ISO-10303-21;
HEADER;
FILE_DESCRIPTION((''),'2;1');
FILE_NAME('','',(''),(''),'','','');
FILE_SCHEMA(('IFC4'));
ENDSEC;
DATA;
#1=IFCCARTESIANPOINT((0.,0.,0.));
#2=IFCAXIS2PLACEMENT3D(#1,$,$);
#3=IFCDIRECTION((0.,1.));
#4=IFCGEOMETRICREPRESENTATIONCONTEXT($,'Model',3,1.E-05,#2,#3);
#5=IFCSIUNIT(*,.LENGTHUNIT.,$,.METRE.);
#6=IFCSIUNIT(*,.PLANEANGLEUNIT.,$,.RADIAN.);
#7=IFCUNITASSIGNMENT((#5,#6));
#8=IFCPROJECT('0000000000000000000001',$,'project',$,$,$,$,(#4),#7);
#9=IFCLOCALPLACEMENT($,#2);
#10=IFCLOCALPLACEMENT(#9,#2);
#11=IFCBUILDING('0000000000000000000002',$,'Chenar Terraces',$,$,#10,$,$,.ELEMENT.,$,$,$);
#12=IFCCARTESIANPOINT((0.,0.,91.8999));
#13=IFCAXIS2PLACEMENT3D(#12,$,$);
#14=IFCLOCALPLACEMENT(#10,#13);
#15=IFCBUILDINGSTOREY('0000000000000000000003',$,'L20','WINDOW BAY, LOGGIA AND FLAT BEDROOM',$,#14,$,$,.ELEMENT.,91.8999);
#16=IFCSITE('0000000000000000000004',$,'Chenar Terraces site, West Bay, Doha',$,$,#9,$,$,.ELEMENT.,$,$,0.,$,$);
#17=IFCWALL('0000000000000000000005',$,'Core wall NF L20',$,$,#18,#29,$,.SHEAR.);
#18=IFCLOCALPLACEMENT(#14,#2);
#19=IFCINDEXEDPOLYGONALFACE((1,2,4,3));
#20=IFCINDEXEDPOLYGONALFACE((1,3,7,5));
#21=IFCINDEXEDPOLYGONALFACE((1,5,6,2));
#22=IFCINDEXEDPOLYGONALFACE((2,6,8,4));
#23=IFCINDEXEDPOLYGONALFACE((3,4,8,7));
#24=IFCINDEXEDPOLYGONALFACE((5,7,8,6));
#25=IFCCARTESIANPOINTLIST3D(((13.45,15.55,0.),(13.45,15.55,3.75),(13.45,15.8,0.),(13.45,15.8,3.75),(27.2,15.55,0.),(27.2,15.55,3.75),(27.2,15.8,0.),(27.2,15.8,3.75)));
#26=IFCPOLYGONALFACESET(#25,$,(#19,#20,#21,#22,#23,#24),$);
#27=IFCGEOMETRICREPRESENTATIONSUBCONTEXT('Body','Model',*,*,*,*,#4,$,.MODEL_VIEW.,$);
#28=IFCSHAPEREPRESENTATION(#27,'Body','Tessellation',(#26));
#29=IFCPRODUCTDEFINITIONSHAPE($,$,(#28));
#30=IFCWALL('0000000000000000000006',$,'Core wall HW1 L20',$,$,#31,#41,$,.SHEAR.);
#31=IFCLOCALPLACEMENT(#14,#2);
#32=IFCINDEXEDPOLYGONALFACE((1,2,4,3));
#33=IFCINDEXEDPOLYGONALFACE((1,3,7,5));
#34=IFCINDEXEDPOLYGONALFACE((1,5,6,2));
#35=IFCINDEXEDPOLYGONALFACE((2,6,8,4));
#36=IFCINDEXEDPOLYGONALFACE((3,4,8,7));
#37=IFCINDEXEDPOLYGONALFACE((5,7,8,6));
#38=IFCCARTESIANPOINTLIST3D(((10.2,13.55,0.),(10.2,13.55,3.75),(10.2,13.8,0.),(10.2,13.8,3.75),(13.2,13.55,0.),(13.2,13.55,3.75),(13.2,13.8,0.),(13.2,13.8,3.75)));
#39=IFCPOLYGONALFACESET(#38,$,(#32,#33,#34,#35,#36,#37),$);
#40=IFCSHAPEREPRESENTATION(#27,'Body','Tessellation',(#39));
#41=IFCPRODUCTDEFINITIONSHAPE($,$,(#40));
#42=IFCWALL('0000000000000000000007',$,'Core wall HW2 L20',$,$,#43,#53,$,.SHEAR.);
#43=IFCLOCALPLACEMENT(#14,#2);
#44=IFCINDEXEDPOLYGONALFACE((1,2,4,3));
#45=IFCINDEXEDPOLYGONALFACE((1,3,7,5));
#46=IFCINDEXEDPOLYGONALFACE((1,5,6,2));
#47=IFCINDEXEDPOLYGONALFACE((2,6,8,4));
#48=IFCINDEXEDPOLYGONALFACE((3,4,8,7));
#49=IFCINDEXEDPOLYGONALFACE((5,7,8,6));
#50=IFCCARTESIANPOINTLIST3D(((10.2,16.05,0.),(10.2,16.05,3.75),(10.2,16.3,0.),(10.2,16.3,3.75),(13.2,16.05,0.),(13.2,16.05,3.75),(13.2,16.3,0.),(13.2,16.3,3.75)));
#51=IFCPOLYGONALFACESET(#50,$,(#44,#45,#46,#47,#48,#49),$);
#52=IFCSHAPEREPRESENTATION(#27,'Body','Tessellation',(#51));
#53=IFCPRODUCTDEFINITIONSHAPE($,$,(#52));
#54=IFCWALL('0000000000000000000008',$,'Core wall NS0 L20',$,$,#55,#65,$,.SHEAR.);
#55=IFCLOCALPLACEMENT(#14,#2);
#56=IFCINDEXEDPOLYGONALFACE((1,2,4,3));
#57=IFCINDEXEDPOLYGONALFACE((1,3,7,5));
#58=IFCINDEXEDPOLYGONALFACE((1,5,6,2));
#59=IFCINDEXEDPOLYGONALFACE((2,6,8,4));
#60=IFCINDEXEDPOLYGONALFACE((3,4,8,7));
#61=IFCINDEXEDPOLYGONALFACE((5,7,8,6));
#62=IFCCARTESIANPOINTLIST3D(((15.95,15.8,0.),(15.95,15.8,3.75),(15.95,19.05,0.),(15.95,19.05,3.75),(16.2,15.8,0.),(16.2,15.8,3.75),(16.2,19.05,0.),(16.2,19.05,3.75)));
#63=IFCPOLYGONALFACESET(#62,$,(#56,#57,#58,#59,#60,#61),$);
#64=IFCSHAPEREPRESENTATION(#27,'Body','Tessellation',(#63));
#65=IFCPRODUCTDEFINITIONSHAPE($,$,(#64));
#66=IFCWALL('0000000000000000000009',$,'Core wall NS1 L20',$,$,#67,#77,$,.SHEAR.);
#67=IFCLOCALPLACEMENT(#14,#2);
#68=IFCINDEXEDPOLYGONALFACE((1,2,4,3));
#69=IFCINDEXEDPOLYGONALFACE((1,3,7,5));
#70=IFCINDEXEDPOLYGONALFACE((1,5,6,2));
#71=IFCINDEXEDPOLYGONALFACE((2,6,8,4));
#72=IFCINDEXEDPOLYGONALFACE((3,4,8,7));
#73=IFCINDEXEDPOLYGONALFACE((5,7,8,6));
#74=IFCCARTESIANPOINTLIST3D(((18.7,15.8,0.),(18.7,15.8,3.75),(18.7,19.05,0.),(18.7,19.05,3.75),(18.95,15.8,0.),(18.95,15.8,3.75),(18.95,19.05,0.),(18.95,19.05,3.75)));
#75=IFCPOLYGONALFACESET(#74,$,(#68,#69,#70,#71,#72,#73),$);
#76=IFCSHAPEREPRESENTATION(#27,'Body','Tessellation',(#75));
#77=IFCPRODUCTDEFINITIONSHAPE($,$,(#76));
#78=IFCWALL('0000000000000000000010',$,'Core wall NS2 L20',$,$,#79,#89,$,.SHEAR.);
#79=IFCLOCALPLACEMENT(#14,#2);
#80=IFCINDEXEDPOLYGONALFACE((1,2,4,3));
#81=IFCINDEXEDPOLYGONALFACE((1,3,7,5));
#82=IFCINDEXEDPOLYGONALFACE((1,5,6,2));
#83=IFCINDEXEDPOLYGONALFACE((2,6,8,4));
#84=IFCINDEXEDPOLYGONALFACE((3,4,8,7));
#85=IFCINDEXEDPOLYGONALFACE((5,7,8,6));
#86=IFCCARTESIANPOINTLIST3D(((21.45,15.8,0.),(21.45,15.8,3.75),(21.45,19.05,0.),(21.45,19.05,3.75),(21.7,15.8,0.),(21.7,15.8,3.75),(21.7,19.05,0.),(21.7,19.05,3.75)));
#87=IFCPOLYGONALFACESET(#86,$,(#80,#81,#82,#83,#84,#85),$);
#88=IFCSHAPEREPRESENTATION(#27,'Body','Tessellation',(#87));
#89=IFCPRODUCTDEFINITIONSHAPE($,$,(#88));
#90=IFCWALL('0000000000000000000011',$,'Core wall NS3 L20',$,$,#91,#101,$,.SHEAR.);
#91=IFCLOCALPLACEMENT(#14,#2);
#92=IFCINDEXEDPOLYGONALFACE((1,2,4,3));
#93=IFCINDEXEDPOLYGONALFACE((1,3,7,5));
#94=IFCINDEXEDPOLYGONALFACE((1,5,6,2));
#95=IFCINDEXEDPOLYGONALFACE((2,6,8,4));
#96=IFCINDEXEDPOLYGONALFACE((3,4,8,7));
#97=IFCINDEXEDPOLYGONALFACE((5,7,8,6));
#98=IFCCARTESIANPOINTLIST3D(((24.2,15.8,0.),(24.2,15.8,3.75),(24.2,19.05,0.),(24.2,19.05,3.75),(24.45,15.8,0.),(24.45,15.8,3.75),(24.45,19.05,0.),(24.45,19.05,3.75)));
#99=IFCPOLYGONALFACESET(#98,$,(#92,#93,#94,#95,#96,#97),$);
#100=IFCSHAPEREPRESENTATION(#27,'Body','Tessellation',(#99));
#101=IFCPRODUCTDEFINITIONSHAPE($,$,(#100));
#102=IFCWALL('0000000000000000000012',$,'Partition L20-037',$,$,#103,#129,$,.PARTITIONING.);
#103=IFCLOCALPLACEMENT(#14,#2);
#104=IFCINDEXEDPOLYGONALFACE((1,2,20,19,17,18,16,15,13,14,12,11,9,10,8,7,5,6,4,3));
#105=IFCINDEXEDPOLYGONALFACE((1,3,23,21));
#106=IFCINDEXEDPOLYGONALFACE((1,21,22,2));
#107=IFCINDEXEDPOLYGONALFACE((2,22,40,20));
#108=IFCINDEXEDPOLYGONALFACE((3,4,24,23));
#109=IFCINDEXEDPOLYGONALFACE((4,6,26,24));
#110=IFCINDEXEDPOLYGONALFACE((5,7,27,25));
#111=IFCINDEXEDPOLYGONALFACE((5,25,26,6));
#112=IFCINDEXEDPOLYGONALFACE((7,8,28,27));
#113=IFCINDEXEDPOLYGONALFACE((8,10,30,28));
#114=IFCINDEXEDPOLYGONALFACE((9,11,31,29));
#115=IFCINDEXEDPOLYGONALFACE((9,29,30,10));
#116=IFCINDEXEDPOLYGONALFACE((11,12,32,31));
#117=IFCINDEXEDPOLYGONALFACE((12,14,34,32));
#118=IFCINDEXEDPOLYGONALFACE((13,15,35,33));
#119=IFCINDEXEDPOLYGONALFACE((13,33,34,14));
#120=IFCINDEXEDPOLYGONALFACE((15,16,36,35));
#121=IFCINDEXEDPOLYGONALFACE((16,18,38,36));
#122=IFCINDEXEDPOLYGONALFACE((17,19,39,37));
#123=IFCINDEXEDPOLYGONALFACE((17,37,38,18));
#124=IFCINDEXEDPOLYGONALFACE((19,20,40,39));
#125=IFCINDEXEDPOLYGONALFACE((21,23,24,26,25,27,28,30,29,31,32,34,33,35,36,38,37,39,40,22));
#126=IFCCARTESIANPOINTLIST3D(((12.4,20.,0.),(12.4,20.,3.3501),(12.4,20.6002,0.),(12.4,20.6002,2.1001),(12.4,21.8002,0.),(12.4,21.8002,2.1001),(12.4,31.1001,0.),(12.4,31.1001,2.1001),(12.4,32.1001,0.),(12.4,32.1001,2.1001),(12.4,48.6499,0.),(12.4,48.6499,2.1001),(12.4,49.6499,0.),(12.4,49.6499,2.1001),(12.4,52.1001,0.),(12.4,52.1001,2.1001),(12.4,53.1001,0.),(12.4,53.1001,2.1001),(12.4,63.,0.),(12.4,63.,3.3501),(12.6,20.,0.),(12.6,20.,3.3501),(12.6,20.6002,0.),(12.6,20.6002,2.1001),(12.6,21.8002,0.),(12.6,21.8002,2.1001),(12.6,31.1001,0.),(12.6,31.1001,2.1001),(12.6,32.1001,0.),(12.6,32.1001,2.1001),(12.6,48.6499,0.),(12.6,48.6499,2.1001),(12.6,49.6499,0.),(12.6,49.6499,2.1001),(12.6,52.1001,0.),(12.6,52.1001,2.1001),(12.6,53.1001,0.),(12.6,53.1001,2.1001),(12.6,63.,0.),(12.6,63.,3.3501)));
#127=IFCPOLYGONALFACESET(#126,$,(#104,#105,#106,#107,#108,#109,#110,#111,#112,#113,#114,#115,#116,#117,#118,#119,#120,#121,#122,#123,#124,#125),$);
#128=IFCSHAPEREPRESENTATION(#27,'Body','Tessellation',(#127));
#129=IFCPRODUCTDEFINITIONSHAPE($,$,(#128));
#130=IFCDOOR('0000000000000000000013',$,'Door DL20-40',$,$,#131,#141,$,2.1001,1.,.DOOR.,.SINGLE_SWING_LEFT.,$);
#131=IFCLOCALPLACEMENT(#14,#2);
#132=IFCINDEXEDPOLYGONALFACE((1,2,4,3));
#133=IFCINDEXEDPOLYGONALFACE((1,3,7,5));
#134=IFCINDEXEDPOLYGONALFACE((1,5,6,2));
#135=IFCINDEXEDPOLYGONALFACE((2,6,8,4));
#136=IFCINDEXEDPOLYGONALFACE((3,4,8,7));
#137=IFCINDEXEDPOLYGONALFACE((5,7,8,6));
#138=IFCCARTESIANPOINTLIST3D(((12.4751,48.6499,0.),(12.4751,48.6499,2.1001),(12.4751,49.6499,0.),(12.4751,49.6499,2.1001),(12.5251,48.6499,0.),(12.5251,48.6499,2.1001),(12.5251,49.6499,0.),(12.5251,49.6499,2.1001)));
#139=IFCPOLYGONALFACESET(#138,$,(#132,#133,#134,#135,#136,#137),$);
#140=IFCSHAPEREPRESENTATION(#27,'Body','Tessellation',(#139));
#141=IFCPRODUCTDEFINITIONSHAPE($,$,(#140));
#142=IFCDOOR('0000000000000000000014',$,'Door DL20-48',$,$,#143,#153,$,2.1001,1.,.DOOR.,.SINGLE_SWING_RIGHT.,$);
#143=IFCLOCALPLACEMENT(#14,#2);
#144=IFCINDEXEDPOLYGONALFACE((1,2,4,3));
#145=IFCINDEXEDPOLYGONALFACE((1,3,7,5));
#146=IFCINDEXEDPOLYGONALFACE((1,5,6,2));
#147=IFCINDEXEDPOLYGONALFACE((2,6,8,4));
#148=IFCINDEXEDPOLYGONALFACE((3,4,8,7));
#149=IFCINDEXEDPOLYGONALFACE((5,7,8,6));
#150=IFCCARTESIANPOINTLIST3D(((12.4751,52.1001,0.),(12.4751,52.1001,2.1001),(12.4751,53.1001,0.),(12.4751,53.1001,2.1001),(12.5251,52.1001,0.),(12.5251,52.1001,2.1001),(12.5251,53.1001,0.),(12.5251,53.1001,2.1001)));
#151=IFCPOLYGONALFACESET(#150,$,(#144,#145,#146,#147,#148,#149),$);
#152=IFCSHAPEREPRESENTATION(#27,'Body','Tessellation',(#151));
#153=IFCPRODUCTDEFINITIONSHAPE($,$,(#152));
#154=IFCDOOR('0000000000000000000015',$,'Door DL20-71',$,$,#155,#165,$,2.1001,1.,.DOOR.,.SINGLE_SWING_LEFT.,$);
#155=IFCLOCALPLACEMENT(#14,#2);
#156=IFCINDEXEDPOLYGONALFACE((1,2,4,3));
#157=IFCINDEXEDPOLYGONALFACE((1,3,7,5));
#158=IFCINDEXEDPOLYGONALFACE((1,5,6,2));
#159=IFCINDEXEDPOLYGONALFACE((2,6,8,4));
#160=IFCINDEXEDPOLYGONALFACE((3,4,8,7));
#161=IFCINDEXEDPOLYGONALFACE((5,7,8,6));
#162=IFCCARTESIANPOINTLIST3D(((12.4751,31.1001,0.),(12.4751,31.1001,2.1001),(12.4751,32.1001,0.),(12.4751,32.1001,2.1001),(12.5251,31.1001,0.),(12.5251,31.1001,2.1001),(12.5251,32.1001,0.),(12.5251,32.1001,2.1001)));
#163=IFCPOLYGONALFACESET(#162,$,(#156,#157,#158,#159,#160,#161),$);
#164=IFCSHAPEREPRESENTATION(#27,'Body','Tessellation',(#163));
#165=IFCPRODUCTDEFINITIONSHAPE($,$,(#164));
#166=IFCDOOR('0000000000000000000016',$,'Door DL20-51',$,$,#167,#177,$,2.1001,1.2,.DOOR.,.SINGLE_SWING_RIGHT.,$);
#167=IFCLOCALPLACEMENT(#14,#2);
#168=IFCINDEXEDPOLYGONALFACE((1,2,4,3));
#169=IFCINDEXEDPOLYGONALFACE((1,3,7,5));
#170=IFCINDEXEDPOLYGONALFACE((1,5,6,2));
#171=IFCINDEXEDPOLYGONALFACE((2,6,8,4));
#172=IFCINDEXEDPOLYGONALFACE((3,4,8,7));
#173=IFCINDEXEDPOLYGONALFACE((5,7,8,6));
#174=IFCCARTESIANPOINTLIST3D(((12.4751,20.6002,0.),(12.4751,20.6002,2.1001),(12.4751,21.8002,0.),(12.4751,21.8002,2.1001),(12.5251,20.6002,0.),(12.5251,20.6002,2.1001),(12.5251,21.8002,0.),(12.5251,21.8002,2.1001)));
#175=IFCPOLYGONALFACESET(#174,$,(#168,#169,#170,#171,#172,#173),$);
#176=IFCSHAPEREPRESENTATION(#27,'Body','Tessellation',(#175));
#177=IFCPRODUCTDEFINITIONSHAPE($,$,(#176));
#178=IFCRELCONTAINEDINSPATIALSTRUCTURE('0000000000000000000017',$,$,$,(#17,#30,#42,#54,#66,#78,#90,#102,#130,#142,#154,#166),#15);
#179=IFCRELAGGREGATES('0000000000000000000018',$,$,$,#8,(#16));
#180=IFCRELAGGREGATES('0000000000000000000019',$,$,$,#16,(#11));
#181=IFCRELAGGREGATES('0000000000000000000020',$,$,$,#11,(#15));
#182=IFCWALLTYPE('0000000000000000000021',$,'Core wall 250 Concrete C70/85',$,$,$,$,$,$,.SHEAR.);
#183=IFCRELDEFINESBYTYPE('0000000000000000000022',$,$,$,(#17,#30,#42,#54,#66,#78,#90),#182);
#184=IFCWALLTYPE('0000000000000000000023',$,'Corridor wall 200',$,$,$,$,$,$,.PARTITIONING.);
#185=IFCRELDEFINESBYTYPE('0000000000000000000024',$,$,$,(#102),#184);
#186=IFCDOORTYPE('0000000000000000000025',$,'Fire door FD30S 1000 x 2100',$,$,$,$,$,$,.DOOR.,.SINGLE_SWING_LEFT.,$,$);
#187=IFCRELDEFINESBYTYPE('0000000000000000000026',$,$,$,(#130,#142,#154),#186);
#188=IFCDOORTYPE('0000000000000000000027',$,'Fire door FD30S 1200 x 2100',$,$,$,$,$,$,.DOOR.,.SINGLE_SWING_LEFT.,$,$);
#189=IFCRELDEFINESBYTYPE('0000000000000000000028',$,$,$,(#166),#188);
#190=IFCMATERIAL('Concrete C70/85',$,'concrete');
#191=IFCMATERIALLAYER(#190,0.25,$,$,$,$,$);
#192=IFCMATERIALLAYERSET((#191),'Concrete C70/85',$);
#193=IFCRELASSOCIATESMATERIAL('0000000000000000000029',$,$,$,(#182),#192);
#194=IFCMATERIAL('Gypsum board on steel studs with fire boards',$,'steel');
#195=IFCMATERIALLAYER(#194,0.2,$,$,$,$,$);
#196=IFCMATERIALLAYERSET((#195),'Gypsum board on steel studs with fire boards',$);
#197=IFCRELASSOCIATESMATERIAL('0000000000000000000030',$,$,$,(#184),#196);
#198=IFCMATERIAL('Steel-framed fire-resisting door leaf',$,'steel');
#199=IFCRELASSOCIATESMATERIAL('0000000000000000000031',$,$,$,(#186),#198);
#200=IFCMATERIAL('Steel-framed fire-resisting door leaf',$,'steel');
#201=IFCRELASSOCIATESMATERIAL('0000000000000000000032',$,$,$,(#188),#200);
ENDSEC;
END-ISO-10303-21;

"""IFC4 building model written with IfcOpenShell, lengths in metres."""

from ifc_helpers import new_model, si_unit, direction, frame, frame_2d, origin, place, context, subcontext, project, spatial, rectangle, extrude, material, layer, layer_set, type_object, element, fill, save


model = new_model("IFC4")

# Units and contexts
model_context = context("Model", 3, precision=1e-05, world=origin(), true_north=direction((0.0, 1.0)))
body_context = subcontext(model_context, "Body", "Model", "MODEL_VIEW")
ifc_project = project(units=[si_unit("LENGTHUNIT", "METRE"), si_unit("PLANEANGLEUNIT", "RADIAN")], contexts=[model_context])

# Site, building, storey
site_placement = place(None, origin())
site = spatial("IfcSite", under=ifc_project, at=site_placement, Name="Chenar Terraces site, West Bay, Doha", CompositionType="ELEMENT", RefElevation=0.0)
building_placement = place(site_placement, origin())
building = spatial("IfcBuilding", under=site, at=building_placement, Name="Chenar Terraces", CompositionType="ELEMENT")
storey_placement = place(building_placement, frame((0.0, 0.0, 91.8999)))
storey = spatial("IfcBuildingStorey", under=building, at=storey_placement, Name="L20", Description="WINDOW BAY, LOGGIA AND FLAT BEDROOM", CompositionType="ELEMENT", Elevation=91.8999)

# Walls
ifc_material_1 = material(Name="Concrete C70/85", Category="concrete")
ifc_layer_1 = layer(ifc_material_1, 0.25)
ifc_layer_set_1 = layer_set([ifc_layer_1], Name="Concrete C70/85")
wall_type_1 = type_object("IfcWallType", Name="Core wall 250 Concrete C70/85", PredefinedType="SHEAR", material=ifc_layer_set_1)
wall_1_placement = place(storey_placement, frame((13.45, 15.675, 0.0), z_axis=(0.0, 0.0, 1.0), x_axis=(1.0, 0.0, 0.0)))
element("IfcWall", 1, at=wall_1_placement, inside=storey, type_object=wall_type_1, Name="Core wall NF L20", PredefinedType="SHEAR", context=body_context, shape_type="SweptSolid", body=[
    extrude(rectangle(XDim=13.75, YDim=0.25, at=frame_2d((6.875, 0.0))), origin(), (0.0, 0.0, 1.0), 3.75),
])
for number, where, z_axis, x_axis, name in (
    (2, (10.2, 13.675, 0.0), (0.0, 0.0, 1.0), (1.0, 0.0, 0.0), "Core wall HW1 L20"),
    (3, (10.2, 16.175, 0.0), (0.0, 0.0, 1.0), (1.0, 0.0, 0.0), "Core wall HW2 L20"),
):
    element("IfcWall", number, at=place(storey_placement, frame(where, z_axis=z_axis, x_axis=x_axis)), inside=storey, type_object=wall_type_1, Name=name, PredefinedType="SHEAR", context=body_context, shape_type="SweptSolid", body=[
        extrude(rectangle(XDim=3.0, YDim=0.25, at=frame_2d((1.5, 0.0))), origin(), (0.0, 0.0, 1.0), 3.75),
    ])
for number, where, z_axis, x_axis, name in (
    (4, (16.075, 15.8, 0.0), (0.0, 0.0, 1.0), (0.0, 1.0, 0.0), "Core wall NS0 L20"),
    (5, (18.825, 15.8, 0.0), (0.0, 0.0, 1.0), (0.0, 1.0, 0.0), "Core wall NS1 L20"),
    (6, (21.575, 15.8, 0.0), (0.0, 0.0, 1.0), (0.0, 1.0, 0.0), "Core wall NS2 L20"),
    (7, (24.325, 15.8, 0.0), (0.0, 0.0, 1.0), (0.0, 1.0, 0.0), "Core wall NS3 L20"),
):
    element("IfcWall", number, at=place(storey_placement, frame(where, z_axis=z_axis, x_axis=x_axis)), inside=storey, type_object=wall_type_1, Name=name, PredefinedType="SHEAR", context=body_context, shape_type="SweptSolid", body=[
        extrude(rectangle(XDim=3.25, YDim=0.25, at=frame_2d((1.625, 0.0))), origin(), (0.0, 0.0, 1.0), 3.75),
    ])

# Wall, openings, doors
ifc_material_2 = material(Name="Gypsum board on steel studs with fire boards", Category="steel")
ifc_layer_2 = layer(ifc_material_2, 0.2)
ifc_layer_set_2 = layer_set([ifc_layer_2], Name="Gypsum board on steel studs with fire boards")
wall_type_2 = type_object("IfcWallType", Name="Corridor wall 200", PredefinedType="PARTITIONING", material=ifc_layer_set_2)
wall_2_placement = place(storey_placement, frame((12.5, 20.0, 0.0), z_axis=(0.0, 0.0, 1.0), x_axis=(0.0, 1.0, 0.0)))
wall_2 = element("IfcWall", 8, at=wall_2_placement, inside=storey, type_object=wall_type_2, Name="Partition L20-037", PredefinedType="PARTITIONING", context=body_context, shape_type="SweptSolid", body=[
    extrude(rectangle(XDim=43.0, YDim=0.2, at=frame_2d((21.5, 0.0))), origin(), (0.0, 0.0, 1.0), 3.3501),
])
opening_1_placement = place(wall_2_placement, frame((28.6499, 0.0, 0.0)))
opening_1 = element("IfcOpeningElement", 9, at=opening_1_placement, cuts=wall_2, PredefinedType="OPENING", context=body_context, shape_type="SweptSolid", body=[
    extrude(rectangle(XDim=1.0, YDim=2.1001, at=frame_2d((0.5, 1.05))), frame((0.0, 0.1099, 0.0), z_axis=(0.0, -1.0, 0.0), x_axis=(1.0, 0.0, 0.0)), (0.0, 0.0, 1.0), 0.22),
])
opening_2_placement = place(wall_2_placement, frame((32.1001, 0.0, 0.0)))
opening_2 = element("IfcOpeningElement", 10, at=opening_2_placement, cuts=wall_2, PredefinedType="OPENING", context=body_context, shape_type="SweptSolid", body=[
    extrude(rectangle(XDim=1.0, YDim=2.1001, at=frame_2d((0.5, 1.05))), frame((0.0, 0.1099, 0.0), z_axis=(0.0, -1.0, 0.0), x_axis=(1.0, 0.0, 0.0)), (0.0, 0.0, 1.0), 0.22),
])
opening_3_placement = place(wall_2_placement, frame((0.6001, 0.0, 0.0)))
opening_3 = element("IfcOpeningElement", 11, at=opening_3_placement, cuts=wall_2, PredefinedType="OPENING", context=body_context, shape_type="SweptSolid", body=[
    extrude(rectangle(XDim=1.2, YDim=2.1001, at=frame_2d((0.6001, 1.05))), frame((0.0, 0.1099, 0.0), z_axis=(0.0, -1.0, 0.0), x_axis=(1.0, 0.0, 0.0)), (0.0, 0.0, 1.0), 0.22),
])
opening_4_placement = place(wall_2_placement, frame((11.1001, 0.0, 0.0)))
opening_4 = element("IfcOpeningElement", 12, at=opening_4_placement, cuts=wall_2, PredefinedType="OPENING", context=body_context, shape_type="SweptSolid", body=[
    extrude(rectangle(XDim=1.0, YDim=2.1001, at=frame_2d((0.5, 1.05))), frame((0.0, 0.1099, 0.0), z_axis=(0.0, -1.0, 0.0), x_axis=(1.0, 0.0, 0.0)), (0.0, 0.0, 1.0), 0.22),
])
ifc_material_3 = material(Name="Steel-framed fire-resisting door leaf", Category="steel")
door_type_1 = type_object("IfcDoorType", Name="Fire door FD30S 1000 x 2100", OperationType="SINGLE_SWING_LEFT", PredefinedType="DOOR", material=ifc_material_3)
door_1_placement = place(opening_1_placement, origin())
door_1 = element("IfcDoor", 13, at=door_1_placement, inside=storey, type_object=door_type_1, Name="Door DL20-40", OperationType="SINGLE_SWING_LEFT", OverallHeight=2.1001, OverallWidth=1.0, PredefinedType="DOOR", context=body_context, shape_type="SweptSolid", body=[
    extrude(rectangle(XDim=1.0, YDim=2.1001, at=frame_2d((0.5, 1.05))), frame((0.0, 0.0249, 0.0), z_axis=(0.0, -1.0, 0.0), x_axis=(1.0, 0.0, 0.0)), (0.0, 0.0, 1.0), 0.05),
])
fill(opening_1, door_1)
door_2_placement = place(opening_2_placement, origin())
door_2 = element("IfcDoor", 14, at=door_2_placement, inside=storey, type_object=door_type_1, Name="Door DL20-48", OperationType="SINGLE_SWING_RIGHT", OverallHeight=2.1001, OverallWidth=1.0, PredefinedType="DOOR", context=body_context, shape_type="SweptSolid", body=[
    extrude(rectangle(XDim=1.0, YDim=2.1001, at=frame_2d((0.5, 1.05))), frame((0.0, 0.0249, 0.0), z_axis=(0.0, -1.0, 0.0), x_axis=(1.0, 0.0, 0.0)), (0.0, 0.0, 1.0), 0.05),
])
fill(opening_2, door_2)
door_3_placement = place(opening_4_placement, origin())
door_3 = element("IfcDoor", 15, at=door_3_placement, inside=storey, type_object=door_type_1, Name="Door DL20-71", OperationType="SINGLE_SWING_LEFT", OverallHeight=2.1001, OverallWidth=1.0, PredefinedType="DOOR", context=body_context, shape_type="SweptSolid", body=[
    extrude(rectangle(XDim=1.0, YDim=2.1001, at=frame_2d((0.5, 1.05))), frame((0.0, 0.0249, 0.0), z_axis=(0.0, -1.0, 0.0), x_axis=(1.0, 0.0, 0.0)), (0.0, 0.0, 1.0), 0.05),
])
fill(opening_4, door_3)
ifc_material_4 = material(Name="Steel-framed fire-resisting door leaf", Category="steel")
door_type_2 = type_object("IfcDoorType", Name="Fire door FD30S 1200 x 2100", OperationType="SINGLE_SWING_LEFT", PredefinedType="DOOR", material=ifc_material_4)
door_4_placement = place(opening_3_placement, origin())
door_4 = element("IfcDoor", 16, at=door_4_placement, inside=storey, type_object=door_type_2, Name="Door DL20-51", OperationType="SINGLE_SWING_RIGHT", OverallHeight=2.1001, OverallWidth=1.2, PredefinedType="DOOR", context=body_context, shape_type="SweptSolid", body=[
    extrude(rectangle(XDim=1.2, YDim=2.1001, at=frame_2d((0.6001, 1.05))), frame((0.0, 0.0249, 0.0), z_axis=(0.0, -1.0, 0.0), x_axis=(1.0, 0.0, 0.0)), (0.0, 0.0, 1.0), 0.05),
])
fill(opening_3, door_4)

save(model, "model.ifc")
